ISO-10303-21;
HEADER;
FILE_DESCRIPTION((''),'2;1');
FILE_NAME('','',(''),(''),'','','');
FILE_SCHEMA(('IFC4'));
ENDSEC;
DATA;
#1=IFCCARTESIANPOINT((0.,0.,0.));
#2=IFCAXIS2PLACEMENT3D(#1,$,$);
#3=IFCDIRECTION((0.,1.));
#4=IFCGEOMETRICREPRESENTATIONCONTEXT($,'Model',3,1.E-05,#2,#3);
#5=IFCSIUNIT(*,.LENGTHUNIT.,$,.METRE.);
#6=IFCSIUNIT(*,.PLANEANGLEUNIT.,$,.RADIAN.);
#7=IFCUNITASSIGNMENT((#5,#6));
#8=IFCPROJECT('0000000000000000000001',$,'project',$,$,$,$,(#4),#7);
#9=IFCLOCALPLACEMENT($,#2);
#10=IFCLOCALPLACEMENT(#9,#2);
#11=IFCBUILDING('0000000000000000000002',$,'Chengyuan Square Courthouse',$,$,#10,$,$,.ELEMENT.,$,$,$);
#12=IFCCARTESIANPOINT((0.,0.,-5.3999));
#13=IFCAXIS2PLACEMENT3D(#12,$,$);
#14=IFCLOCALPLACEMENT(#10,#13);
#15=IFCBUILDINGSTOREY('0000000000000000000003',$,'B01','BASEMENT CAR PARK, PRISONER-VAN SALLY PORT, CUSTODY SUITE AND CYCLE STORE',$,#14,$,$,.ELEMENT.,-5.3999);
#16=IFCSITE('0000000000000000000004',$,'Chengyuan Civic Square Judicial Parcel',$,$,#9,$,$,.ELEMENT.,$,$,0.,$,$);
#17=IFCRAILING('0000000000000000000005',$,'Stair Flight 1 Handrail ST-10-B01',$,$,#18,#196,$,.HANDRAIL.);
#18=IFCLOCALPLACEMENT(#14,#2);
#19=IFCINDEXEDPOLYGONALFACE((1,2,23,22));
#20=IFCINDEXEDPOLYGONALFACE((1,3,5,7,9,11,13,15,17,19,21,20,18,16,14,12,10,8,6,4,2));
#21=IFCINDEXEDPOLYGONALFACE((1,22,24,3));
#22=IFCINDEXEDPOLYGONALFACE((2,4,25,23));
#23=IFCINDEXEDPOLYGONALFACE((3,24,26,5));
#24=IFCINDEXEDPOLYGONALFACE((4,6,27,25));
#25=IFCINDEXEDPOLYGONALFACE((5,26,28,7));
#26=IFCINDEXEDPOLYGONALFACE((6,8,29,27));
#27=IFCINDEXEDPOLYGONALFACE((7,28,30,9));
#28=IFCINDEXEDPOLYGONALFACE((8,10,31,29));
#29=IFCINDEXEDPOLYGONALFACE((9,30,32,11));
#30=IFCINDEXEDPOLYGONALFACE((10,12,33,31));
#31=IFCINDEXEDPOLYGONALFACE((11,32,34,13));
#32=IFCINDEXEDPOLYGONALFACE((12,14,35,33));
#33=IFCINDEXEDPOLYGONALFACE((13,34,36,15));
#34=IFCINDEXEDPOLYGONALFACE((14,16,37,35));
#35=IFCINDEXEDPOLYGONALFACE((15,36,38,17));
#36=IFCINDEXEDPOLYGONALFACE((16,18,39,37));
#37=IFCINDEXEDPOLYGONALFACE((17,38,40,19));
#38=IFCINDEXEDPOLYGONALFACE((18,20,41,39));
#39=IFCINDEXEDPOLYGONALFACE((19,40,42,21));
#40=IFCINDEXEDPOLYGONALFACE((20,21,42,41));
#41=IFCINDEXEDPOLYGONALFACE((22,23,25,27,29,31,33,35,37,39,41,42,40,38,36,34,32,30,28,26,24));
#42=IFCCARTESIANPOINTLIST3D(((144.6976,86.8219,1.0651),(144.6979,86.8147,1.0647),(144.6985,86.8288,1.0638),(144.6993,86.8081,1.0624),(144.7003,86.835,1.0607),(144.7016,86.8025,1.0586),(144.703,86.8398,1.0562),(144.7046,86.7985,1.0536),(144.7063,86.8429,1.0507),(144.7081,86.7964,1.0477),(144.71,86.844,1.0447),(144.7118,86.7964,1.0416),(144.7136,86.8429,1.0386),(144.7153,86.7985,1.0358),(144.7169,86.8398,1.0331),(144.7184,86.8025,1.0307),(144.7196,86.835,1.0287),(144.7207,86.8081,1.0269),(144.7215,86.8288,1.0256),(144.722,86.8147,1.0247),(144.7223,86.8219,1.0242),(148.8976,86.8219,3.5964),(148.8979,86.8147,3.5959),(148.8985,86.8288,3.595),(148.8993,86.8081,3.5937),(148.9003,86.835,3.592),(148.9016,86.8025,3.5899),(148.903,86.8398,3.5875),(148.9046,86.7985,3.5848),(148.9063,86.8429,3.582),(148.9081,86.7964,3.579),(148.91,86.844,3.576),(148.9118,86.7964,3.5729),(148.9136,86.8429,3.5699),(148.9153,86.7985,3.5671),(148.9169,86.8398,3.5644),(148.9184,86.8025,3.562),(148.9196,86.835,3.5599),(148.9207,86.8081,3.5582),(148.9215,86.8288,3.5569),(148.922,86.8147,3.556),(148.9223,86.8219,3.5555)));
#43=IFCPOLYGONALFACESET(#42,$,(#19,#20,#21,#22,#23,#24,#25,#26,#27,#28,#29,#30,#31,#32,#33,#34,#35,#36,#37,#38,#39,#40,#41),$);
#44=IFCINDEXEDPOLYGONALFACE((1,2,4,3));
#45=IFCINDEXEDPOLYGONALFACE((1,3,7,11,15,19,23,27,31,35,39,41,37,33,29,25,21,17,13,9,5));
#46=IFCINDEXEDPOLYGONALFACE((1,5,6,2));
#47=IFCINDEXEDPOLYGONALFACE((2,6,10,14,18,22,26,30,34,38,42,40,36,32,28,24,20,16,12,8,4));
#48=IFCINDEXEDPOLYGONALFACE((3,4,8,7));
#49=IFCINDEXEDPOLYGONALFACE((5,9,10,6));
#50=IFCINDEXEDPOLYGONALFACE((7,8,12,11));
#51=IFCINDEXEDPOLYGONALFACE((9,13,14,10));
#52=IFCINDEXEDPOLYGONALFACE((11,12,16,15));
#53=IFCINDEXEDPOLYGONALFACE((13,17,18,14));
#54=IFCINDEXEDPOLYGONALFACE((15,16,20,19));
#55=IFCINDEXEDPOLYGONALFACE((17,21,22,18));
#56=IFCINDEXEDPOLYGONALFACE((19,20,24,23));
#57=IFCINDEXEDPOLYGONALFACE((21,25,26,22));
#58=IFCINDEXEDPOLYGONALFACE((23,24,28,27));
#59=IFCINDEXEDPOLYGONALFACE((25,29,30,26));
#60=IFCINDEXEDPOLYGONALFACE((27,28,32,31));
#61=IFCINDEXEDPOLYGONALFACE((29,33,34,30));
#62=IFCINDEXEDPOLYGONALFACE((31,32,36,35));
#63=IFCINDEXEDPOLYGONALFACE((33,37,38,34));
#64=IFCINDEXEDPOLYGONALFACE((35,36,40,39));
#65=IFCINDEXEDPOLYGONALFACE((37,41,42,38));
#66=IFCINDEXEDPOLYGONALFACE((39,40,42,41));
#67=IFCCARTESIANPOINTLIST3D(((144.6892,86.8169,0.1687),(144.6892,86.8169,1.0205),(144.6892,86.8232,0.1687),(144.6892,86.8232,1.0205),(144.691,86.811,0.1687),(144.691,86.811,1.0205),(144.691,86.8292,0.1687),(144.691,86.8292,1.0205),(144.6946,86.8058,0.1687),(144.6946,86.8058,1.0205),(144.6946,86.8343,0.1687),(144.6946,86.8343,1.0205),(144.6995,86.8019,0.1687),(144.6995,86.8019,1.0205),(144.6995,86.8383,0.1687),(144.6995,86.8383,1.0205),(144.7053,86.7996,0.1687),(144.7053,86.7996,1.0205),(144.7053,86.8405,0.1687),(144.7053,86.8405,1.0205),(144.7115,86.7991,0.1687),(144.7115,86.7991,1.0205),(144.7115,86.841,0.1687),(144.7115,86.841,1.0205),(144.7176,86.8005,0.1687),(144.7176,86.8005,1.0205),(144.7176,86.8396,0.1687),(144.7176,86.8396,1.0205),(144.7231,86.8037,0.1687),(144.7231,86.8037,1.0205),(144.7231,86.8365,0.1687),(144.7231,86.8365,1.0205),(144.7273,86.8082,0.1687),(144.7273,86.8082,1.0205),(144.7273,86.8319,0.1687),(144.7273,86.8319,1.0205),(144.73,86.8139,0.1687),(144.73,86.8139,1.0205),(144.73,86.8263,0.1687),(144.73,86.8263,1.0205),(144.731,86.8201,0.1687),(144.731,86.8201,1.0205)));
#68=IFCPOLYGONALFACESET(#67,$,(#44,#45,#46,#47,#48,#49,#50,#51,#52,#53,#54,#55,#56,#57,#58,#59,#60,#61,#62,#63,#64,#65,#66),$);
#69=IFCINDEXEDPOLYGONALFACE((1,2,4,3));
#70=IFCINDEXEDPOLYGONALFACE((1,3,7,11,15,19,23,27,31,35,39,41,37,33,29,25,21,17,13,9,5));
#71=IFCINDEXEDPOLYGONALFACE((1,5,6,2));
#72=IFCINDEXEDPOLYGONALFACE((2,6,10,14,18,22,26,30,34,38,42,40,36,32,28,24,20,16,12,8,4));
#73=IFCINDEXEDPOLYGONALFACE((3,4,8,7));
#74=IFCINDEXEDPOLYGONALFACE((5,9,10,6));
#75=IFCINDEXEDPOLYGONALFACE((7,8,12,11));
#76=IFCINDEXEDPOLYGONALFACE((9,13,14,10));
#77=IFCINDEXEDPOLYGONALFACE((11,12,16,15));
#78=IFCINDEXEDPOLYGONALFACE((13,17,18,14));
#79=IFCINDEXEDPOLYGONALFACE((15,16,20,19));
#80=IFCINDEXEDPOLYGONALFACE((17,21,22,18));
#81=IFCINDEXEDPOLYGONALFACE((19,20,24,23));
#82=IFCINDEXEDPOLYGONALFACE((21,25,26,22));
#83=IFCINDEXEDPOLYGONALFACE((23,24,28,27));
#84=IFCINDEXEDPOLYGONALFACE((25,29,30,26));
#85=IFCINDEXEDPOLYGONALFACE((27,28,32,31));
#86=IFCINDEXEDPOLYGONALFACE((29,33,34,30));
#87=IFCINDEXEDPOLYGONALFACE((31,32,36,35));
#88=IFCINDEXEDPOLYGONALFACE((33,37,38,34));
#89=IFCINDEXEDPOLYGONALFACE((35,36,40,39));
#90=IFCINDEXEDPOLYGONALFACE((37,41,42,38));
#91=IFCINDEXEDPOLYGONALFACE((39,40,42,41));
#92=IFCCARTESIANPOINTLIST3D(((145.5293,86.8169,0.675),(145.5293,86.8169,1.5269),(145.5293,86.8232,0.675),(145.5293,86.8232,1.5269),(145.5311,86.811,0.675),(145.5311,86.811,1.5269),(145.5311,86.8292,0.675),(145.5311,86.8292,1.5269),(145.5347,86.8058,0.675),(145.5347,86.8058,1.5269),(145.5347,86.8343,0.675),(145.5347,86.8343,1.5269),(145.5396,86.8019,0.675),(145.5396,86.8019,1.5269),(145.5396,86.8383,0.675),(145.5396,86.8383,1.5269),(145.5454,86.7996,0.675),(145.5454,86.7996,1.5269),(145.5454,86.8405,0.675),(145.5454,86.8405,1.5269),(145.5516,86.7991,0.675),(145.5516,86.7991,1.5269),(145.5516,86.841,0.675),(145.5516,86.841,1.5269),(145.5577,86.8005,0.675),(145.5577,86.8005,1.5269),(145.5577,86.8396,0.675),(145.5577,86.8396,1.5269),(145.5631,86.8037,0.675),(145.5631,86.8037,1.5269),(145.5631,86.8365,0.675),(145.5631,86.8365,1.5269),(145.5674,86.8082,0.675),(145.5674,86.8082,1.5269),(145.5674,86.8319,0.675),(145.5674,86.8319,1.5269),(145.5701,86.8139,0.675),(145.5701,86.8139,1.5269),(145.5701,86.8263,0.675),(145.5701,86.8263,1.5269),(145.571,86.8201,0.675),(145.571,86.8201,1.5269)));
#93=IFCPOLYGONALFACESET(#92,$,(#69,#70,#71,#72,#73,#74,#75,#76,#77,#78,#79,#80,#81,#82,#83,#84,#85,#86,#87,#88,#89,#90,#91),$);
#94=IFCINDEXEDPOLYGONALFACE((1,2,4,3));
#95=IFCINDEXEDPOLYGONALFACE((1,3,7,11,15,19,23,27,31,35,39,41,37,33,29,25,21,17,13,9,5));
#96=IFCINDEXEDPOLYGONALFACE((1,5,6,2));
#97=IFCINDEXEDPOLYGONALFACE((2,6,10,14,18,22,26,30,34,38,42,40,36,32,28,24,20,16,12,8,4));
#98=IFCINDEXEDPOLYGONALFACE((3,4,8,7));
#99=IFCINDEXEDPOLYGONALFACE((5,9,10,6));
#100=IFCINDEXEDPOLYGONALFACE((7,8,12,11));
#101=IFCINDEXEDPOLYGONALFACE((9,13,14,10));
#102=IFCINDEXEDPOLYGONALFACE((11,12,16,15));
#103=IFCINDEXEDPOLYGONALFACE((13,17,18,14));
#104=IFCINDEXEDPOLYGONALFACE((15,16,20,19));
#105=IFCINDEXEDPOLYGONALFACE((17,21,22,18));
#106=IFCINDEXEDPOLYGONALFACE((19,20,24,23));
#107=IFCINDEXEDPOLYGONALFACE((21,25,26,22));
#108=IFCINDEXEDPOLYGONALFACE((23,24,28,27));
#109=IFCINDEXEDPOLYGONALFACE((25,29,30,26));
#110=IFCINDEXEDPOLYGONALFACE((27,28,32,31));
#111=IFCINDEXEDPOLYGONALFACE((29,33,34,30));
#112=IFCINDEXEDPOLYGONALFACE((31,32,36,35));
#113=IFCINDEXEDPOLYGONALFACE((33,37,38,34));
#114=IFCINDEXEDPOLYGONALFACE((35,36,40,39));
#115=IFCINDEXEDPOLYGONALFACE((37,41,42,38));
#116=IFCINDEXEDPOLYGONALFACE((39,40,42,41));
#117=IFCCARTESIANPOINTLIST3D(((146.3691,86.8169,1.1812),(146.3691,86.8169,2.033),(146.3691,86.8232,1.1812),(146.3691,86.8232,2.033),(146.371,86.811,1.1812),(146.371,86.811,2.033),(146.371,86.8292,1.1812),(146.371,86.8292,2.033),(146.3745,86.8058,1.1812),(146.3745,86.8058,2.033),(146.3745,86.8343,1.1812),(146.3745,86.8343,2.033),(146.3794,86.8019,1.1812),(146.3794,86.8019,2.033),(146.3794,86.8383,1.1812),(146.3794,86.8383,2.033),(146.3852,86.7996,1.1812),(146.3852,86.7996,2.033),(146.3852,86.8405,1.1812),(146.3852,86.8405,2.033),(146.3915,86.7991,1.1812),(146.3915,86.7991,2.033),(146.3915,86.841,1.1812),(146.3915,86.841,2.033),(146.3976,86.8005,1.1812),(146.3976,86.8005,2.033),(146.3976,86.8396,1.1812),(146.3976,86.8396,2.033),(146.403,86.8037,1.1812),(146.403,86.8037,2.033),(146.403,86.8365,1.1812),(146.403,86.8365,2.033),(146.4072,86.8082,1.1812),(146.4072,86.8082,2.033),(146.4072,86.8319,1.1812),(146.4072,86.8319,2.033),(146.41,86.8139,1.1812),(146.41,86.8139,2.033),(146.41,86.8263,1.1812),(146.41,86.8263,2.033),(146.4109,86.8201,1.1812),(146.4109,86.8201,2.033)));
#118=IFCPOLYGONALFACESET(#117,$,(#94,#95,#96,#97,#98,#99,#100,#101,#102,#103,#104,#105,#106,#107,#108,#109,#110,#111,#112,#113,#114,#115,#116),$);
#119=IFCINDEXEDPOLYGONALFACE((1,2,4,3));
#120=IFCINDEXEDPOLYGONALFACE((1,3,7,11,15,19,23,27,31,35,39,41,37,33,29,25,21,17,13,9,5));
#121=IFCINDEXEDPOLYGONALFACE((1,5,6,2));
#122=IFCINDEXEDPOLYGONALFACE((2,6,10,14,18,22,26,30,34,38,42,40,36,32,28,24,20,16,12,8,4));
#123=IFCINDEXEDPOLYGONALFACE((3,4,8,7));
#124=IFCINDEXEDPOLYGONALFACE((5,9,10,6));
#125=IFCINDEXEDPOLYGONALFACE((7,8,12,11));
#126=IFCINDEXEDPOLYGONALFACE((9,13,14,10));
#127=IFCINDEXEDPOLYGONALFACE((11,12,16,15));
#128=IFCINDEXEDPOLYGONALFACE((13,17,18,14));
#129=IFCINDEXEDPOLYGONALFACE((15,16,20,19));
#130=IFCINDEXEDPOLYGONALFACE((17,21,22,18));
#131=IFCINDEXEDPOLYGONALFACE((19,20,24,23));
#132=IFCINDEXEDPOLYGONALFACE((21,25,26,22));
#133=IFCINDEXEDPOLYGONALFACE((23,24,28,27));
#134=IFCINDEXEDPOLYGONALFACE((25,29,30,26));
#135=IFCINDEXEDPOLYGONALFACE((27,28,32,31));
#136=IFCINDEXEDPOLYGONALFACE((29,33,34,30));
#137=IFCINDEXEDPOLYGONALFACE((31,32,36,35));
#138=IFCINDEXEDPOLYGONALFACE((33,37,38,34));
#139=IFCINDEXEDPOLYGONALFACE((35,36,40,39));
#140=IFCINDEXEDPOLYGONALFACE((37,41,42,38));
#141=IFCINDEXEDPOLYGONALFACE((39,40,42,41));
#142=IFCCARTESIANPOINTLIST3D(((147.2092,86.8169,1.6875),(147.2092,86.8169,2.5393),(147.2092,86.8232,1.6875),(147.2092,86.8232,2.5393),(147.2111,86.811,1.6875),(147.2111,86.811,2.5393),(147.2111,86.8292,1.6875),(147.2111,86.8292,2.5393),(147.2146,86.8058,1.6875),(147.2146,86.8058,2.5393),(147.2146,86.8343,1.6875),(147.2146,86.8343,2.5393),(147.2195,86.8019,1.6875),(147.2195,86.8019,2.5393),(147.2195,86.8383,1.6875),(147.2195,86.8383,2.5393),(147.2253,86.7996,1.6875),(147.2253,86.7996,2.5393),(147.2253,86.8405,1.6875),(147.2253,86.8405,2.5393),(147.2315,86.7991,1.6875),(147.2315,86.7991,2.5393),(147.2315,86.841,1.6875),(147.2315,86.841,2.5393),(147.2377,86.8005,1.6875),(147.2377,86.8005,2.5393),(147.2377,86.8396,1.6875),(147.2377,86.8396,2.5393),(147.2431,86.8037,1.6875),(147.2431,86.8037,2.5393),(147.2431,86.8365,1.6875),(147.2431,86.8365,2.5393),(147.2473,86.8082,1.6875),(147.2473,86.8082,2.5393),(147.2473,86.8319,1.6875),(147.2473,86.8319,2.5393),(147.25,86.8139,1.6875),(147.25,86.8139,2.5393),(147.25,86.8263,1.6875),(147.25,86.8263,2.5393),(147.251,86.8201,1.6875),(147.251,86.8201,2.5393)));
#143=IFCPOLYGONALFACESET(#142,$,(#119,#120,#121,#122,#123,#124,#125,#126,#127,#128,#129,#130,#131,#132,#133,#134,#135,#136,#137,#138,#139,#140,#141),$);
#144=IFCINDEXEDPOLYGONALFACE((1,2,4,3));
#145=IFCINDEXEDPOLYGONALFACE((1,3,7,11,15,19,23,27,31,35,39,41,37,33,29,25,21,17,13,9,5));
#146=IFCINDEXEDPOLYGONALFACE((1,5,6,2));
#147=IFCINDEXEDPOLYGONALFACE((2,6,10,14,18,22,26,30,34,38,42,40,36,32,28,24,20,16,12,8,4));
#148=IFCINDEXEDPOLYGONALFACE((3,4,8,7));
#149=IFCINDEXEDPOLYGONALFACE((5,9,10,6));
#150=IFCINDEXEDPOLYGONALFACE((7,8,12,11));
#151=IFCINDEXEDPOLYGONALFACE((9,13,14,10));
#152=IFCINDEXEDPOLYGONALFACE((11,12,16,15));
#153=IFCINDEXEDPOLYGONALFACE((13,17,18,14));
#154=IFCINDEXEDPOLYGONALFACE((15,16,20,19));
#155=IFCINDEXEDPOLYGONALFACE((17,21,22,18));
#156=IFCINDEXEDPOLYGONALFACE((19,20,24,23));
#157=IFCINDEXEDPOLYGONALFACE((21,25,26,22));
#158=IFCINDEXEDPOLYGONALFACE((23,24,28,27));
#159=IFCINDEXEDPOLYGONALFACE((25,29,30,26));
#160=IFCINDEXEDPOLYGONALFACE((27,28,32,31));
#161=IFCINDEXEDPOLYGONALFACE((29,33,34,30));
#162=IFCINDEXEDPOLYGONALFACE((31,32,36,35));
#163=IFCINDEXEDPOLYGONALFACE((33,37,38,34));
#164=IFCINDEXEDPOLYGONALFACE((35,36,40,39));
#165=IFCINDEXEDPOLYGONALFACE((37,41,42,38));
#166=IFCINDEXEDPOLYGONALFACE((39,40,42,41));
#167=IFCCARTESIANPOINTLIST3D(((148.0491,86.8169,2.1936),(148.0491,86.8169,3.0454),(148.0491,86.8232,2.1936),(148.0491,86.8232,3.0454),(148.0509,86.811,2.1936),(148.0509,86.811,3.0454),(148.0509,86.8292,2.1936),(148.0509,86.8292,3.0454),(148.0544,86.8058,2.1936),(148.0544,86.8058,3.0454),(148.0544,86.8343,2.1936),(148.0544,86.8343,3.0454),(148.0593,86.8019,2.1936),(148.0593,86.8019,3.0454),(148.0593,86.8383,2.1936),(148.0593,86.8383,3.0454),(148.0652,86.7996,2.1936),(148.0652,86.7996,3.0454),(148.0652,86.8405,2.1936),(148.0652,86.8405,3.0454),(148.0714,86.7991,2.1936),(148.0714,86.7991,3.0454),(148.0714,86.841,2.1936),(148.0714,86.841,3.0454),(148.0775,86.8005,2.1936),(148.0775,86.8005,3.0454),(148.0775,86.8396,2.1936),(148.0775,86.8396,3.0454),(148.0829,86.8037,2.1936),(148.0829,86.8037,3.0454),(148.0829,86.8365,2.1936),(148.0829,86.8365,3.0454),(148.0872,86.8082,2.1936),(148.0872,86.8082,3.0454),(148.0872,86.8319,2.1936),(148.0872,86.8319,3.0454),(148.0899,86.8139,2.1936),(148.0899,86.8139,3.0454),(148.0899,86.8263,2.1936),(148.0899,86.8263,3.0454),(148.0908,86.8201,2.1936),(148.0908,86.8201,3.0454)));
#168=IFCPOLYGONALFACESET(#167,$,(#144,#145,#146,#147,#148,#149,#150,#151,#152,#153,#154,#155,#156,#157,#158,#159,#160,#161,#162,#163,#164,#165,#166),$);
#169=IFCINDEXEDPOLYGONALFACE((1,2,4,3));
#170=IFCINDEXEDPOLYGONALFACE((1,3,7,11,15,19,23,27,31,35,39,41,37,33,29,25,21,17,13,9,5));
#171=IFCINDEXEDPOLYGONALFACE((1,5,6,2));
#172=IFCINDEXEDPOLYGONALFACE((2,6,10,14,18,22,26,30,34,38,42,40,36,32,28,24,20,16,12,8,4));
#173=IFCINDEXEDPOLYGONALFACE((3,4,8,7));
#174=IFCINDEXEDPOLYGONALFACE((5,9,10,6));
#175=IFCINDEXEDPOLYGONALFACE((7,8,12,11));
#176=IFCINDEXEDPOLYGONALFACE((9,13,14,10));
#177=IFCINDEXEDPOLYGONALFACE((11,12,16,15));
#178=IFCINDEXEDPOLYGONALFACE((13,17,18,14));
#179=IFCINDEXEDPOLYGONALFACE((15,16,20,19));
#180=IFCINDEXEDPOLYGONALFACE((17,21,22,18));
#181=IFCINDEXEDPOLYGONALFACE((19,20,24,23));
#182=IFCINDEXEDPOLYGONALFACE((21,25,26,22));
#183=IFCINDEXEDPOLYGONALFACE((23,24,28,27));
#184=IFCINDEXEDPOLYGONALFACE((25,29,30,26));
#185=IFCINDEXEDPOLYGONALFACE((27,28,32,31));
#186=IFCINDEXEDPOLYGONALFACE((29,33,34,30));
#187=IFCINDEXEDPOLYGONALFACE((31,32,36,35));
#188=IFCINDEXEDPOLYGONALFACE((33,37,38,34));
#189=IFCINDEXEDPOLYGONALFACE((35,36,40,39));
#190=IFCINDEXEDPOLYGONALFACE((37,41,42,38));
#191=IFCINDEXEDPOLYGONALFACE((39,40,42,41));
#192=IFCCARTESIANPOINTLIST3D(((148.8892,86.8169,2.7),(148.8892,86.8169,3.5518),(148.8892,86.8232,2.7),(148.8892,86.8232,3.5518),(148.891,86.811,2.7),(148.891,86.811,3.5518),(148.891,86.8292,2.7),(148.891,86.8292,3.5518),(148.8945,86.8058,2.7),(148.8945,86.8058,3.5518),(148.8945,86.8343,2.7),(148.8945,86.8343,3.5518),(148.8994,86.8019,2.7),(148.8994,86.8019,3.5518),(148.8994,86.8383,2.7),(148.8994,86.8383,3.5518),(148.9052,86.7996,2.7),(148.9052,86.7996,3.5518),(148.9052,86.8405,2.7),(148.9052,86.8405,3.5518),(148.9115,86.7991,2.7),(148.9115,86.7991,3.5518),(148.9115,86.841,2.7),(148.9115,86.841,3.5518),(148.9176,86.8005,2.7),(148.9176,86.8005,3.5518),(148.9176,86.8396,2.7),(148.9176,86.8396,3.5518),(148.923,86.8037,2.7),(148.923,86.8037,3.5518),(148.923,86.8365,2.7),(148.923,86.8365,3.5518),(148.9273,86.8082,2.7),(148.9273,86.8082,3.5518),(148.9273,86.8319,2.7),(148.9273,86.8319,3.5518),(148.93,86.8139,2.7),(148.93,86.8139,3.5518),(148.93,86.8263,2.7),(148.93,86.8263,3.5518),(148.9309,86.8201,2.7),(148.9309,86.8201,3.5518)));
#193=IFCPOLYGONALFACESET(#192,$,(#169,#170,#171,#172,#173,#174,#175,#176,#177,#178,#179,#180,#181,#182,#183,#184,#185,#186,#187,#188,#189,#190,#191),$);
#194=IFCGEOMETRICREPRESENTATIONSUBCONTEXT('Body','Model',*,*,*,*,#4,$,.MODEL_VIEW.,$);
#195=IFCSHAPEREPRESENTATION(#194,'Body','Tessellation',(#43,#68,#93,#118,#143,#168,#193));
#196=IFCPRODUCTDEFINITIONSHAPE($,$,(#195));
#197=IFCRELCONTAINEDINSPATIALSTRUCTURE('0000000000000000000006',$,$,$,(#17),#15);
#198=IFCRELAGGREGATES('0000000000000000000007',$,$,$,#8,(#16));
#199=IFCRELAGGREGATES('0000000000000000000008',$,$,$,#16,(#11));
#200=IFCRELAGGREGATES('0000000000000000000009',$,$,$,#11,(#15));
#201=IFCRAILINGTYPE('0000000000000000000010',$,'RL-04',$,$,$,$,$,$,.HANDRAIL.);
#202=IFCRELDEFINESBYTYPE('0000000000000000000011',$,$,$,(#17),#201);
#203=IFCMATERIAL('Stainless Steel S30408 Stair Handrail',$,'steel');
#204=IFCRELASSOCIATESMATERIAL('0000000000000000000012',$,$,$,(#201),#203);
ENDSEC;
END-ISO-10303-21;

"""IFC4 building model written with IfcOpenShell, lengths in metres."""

from ifc_helpers import new_model, si_unit, direction, frame, origin, origin_2d, place, context, subcontext, project, spatial, circle, extrude, material, type_object, element, save


model = new_model("IFC4")

# Units and contexts
model_context = context("Model", 3, precision=1e-05, world=origin(), true_north=direction((0.0, 1.0)))
body_context = subcontext(model_context, "Body", "Model", "MODEL_VIEW")
ifc_project = project(units=[si_unit("LENGTHUNIT", "METRE"), si_unit("PLANEANGLEUNIT", "RADIAN")], contexts=[model_context])

# Site, building, storey
site_placement = place(None, origin())
site = spatial("IfcSite", under=ifc_project, at=site_placement, Name="Chengyuan Civic Square Judicial Parcel", CompositionType="ELEMENT", RefElevation=0.0)
building_placement = place(site_placement, origin())
building = spatial("IfcBuilding", under=site, at=building_placement, Name="Chengyuan Square Courthouse", CompositionType="ELEMENT")
storey_placement = place(building_placement, frame((0.0, 0.0, -5.3999)))
storey = spatial("IfcBuildingStorey", under=building, at=storey_placement, Name="B01", Description="BASEMENT CAR PARK, PRISONER-VAN SALLY PORT, CUSTODY SUITE AND CYCLE STORE", CompositionType="ELEMENT", Elevation=-5.3999)

# Railing
ifc_material_1 = material(Name="Stainless Steel S30408 Stair Handrail", Category="steel")
railing_type_1 = type_object("IfcRailingType", Name="RL-04", PredefinedType="HANDRAIL", material=ifc_material_1)
railing_1_placement = place(storey_placement, frame((144.71, 86.8201, 0.1687)))
element("IfcRailing", 1, at=railing_1_placement, inside=storey, type_object=railing_type_1, Name="Stair Flight 1 Handrail ST-10-B01", PredefinedType="HANDRAIL", context=body_context, shape_type="SweptSolid", body=[
    extrude(circle(Radius=0.0239, at=origin_2d()), frame((0.0, 0.0, 0.876), z_axis=(0.856476, 0.0, 0.516186), x_axis=(0.0, 1.0, 0.0)), (0.0, 0.0, 1.0), 4.9038),
    extrude(circle(Radius=0.021, at=origin_2d()), origin(), (0.0, 0.0, 1.0), 0.8518),
    extrude(circle(Radius=0.021, at=origin_2d()), frame((0.8401, 0.0, 0.5063)), (0.0, 0.0, 1.0), 0.8518),
    extrude(circle(Radius=0.021, at=origin_2d()), frame((1.6799, 0.0, 1.0125)), (0.0, 0.0, 1.0), 0.8518),
    extrude(circle(Radius=0.021, at=origin_2d()), frame((2.52, 0.0, 1.5188)), (0.0, 0.0, 1.0), 0.8518),
    extrude(circle(Radius=0.021, at=origin_2d()), frame((3.3599, 0.0, 2.0249)), (0.0, 0.0, 1.0), 0.8518),
    extrude(circle(Radius=0.021, at=origin_2d()), frame((4.2, 0.0, 2.5312)), (0.0, 0.0, 1.0), 0.8518),
])

save(model, "model.ifc")
